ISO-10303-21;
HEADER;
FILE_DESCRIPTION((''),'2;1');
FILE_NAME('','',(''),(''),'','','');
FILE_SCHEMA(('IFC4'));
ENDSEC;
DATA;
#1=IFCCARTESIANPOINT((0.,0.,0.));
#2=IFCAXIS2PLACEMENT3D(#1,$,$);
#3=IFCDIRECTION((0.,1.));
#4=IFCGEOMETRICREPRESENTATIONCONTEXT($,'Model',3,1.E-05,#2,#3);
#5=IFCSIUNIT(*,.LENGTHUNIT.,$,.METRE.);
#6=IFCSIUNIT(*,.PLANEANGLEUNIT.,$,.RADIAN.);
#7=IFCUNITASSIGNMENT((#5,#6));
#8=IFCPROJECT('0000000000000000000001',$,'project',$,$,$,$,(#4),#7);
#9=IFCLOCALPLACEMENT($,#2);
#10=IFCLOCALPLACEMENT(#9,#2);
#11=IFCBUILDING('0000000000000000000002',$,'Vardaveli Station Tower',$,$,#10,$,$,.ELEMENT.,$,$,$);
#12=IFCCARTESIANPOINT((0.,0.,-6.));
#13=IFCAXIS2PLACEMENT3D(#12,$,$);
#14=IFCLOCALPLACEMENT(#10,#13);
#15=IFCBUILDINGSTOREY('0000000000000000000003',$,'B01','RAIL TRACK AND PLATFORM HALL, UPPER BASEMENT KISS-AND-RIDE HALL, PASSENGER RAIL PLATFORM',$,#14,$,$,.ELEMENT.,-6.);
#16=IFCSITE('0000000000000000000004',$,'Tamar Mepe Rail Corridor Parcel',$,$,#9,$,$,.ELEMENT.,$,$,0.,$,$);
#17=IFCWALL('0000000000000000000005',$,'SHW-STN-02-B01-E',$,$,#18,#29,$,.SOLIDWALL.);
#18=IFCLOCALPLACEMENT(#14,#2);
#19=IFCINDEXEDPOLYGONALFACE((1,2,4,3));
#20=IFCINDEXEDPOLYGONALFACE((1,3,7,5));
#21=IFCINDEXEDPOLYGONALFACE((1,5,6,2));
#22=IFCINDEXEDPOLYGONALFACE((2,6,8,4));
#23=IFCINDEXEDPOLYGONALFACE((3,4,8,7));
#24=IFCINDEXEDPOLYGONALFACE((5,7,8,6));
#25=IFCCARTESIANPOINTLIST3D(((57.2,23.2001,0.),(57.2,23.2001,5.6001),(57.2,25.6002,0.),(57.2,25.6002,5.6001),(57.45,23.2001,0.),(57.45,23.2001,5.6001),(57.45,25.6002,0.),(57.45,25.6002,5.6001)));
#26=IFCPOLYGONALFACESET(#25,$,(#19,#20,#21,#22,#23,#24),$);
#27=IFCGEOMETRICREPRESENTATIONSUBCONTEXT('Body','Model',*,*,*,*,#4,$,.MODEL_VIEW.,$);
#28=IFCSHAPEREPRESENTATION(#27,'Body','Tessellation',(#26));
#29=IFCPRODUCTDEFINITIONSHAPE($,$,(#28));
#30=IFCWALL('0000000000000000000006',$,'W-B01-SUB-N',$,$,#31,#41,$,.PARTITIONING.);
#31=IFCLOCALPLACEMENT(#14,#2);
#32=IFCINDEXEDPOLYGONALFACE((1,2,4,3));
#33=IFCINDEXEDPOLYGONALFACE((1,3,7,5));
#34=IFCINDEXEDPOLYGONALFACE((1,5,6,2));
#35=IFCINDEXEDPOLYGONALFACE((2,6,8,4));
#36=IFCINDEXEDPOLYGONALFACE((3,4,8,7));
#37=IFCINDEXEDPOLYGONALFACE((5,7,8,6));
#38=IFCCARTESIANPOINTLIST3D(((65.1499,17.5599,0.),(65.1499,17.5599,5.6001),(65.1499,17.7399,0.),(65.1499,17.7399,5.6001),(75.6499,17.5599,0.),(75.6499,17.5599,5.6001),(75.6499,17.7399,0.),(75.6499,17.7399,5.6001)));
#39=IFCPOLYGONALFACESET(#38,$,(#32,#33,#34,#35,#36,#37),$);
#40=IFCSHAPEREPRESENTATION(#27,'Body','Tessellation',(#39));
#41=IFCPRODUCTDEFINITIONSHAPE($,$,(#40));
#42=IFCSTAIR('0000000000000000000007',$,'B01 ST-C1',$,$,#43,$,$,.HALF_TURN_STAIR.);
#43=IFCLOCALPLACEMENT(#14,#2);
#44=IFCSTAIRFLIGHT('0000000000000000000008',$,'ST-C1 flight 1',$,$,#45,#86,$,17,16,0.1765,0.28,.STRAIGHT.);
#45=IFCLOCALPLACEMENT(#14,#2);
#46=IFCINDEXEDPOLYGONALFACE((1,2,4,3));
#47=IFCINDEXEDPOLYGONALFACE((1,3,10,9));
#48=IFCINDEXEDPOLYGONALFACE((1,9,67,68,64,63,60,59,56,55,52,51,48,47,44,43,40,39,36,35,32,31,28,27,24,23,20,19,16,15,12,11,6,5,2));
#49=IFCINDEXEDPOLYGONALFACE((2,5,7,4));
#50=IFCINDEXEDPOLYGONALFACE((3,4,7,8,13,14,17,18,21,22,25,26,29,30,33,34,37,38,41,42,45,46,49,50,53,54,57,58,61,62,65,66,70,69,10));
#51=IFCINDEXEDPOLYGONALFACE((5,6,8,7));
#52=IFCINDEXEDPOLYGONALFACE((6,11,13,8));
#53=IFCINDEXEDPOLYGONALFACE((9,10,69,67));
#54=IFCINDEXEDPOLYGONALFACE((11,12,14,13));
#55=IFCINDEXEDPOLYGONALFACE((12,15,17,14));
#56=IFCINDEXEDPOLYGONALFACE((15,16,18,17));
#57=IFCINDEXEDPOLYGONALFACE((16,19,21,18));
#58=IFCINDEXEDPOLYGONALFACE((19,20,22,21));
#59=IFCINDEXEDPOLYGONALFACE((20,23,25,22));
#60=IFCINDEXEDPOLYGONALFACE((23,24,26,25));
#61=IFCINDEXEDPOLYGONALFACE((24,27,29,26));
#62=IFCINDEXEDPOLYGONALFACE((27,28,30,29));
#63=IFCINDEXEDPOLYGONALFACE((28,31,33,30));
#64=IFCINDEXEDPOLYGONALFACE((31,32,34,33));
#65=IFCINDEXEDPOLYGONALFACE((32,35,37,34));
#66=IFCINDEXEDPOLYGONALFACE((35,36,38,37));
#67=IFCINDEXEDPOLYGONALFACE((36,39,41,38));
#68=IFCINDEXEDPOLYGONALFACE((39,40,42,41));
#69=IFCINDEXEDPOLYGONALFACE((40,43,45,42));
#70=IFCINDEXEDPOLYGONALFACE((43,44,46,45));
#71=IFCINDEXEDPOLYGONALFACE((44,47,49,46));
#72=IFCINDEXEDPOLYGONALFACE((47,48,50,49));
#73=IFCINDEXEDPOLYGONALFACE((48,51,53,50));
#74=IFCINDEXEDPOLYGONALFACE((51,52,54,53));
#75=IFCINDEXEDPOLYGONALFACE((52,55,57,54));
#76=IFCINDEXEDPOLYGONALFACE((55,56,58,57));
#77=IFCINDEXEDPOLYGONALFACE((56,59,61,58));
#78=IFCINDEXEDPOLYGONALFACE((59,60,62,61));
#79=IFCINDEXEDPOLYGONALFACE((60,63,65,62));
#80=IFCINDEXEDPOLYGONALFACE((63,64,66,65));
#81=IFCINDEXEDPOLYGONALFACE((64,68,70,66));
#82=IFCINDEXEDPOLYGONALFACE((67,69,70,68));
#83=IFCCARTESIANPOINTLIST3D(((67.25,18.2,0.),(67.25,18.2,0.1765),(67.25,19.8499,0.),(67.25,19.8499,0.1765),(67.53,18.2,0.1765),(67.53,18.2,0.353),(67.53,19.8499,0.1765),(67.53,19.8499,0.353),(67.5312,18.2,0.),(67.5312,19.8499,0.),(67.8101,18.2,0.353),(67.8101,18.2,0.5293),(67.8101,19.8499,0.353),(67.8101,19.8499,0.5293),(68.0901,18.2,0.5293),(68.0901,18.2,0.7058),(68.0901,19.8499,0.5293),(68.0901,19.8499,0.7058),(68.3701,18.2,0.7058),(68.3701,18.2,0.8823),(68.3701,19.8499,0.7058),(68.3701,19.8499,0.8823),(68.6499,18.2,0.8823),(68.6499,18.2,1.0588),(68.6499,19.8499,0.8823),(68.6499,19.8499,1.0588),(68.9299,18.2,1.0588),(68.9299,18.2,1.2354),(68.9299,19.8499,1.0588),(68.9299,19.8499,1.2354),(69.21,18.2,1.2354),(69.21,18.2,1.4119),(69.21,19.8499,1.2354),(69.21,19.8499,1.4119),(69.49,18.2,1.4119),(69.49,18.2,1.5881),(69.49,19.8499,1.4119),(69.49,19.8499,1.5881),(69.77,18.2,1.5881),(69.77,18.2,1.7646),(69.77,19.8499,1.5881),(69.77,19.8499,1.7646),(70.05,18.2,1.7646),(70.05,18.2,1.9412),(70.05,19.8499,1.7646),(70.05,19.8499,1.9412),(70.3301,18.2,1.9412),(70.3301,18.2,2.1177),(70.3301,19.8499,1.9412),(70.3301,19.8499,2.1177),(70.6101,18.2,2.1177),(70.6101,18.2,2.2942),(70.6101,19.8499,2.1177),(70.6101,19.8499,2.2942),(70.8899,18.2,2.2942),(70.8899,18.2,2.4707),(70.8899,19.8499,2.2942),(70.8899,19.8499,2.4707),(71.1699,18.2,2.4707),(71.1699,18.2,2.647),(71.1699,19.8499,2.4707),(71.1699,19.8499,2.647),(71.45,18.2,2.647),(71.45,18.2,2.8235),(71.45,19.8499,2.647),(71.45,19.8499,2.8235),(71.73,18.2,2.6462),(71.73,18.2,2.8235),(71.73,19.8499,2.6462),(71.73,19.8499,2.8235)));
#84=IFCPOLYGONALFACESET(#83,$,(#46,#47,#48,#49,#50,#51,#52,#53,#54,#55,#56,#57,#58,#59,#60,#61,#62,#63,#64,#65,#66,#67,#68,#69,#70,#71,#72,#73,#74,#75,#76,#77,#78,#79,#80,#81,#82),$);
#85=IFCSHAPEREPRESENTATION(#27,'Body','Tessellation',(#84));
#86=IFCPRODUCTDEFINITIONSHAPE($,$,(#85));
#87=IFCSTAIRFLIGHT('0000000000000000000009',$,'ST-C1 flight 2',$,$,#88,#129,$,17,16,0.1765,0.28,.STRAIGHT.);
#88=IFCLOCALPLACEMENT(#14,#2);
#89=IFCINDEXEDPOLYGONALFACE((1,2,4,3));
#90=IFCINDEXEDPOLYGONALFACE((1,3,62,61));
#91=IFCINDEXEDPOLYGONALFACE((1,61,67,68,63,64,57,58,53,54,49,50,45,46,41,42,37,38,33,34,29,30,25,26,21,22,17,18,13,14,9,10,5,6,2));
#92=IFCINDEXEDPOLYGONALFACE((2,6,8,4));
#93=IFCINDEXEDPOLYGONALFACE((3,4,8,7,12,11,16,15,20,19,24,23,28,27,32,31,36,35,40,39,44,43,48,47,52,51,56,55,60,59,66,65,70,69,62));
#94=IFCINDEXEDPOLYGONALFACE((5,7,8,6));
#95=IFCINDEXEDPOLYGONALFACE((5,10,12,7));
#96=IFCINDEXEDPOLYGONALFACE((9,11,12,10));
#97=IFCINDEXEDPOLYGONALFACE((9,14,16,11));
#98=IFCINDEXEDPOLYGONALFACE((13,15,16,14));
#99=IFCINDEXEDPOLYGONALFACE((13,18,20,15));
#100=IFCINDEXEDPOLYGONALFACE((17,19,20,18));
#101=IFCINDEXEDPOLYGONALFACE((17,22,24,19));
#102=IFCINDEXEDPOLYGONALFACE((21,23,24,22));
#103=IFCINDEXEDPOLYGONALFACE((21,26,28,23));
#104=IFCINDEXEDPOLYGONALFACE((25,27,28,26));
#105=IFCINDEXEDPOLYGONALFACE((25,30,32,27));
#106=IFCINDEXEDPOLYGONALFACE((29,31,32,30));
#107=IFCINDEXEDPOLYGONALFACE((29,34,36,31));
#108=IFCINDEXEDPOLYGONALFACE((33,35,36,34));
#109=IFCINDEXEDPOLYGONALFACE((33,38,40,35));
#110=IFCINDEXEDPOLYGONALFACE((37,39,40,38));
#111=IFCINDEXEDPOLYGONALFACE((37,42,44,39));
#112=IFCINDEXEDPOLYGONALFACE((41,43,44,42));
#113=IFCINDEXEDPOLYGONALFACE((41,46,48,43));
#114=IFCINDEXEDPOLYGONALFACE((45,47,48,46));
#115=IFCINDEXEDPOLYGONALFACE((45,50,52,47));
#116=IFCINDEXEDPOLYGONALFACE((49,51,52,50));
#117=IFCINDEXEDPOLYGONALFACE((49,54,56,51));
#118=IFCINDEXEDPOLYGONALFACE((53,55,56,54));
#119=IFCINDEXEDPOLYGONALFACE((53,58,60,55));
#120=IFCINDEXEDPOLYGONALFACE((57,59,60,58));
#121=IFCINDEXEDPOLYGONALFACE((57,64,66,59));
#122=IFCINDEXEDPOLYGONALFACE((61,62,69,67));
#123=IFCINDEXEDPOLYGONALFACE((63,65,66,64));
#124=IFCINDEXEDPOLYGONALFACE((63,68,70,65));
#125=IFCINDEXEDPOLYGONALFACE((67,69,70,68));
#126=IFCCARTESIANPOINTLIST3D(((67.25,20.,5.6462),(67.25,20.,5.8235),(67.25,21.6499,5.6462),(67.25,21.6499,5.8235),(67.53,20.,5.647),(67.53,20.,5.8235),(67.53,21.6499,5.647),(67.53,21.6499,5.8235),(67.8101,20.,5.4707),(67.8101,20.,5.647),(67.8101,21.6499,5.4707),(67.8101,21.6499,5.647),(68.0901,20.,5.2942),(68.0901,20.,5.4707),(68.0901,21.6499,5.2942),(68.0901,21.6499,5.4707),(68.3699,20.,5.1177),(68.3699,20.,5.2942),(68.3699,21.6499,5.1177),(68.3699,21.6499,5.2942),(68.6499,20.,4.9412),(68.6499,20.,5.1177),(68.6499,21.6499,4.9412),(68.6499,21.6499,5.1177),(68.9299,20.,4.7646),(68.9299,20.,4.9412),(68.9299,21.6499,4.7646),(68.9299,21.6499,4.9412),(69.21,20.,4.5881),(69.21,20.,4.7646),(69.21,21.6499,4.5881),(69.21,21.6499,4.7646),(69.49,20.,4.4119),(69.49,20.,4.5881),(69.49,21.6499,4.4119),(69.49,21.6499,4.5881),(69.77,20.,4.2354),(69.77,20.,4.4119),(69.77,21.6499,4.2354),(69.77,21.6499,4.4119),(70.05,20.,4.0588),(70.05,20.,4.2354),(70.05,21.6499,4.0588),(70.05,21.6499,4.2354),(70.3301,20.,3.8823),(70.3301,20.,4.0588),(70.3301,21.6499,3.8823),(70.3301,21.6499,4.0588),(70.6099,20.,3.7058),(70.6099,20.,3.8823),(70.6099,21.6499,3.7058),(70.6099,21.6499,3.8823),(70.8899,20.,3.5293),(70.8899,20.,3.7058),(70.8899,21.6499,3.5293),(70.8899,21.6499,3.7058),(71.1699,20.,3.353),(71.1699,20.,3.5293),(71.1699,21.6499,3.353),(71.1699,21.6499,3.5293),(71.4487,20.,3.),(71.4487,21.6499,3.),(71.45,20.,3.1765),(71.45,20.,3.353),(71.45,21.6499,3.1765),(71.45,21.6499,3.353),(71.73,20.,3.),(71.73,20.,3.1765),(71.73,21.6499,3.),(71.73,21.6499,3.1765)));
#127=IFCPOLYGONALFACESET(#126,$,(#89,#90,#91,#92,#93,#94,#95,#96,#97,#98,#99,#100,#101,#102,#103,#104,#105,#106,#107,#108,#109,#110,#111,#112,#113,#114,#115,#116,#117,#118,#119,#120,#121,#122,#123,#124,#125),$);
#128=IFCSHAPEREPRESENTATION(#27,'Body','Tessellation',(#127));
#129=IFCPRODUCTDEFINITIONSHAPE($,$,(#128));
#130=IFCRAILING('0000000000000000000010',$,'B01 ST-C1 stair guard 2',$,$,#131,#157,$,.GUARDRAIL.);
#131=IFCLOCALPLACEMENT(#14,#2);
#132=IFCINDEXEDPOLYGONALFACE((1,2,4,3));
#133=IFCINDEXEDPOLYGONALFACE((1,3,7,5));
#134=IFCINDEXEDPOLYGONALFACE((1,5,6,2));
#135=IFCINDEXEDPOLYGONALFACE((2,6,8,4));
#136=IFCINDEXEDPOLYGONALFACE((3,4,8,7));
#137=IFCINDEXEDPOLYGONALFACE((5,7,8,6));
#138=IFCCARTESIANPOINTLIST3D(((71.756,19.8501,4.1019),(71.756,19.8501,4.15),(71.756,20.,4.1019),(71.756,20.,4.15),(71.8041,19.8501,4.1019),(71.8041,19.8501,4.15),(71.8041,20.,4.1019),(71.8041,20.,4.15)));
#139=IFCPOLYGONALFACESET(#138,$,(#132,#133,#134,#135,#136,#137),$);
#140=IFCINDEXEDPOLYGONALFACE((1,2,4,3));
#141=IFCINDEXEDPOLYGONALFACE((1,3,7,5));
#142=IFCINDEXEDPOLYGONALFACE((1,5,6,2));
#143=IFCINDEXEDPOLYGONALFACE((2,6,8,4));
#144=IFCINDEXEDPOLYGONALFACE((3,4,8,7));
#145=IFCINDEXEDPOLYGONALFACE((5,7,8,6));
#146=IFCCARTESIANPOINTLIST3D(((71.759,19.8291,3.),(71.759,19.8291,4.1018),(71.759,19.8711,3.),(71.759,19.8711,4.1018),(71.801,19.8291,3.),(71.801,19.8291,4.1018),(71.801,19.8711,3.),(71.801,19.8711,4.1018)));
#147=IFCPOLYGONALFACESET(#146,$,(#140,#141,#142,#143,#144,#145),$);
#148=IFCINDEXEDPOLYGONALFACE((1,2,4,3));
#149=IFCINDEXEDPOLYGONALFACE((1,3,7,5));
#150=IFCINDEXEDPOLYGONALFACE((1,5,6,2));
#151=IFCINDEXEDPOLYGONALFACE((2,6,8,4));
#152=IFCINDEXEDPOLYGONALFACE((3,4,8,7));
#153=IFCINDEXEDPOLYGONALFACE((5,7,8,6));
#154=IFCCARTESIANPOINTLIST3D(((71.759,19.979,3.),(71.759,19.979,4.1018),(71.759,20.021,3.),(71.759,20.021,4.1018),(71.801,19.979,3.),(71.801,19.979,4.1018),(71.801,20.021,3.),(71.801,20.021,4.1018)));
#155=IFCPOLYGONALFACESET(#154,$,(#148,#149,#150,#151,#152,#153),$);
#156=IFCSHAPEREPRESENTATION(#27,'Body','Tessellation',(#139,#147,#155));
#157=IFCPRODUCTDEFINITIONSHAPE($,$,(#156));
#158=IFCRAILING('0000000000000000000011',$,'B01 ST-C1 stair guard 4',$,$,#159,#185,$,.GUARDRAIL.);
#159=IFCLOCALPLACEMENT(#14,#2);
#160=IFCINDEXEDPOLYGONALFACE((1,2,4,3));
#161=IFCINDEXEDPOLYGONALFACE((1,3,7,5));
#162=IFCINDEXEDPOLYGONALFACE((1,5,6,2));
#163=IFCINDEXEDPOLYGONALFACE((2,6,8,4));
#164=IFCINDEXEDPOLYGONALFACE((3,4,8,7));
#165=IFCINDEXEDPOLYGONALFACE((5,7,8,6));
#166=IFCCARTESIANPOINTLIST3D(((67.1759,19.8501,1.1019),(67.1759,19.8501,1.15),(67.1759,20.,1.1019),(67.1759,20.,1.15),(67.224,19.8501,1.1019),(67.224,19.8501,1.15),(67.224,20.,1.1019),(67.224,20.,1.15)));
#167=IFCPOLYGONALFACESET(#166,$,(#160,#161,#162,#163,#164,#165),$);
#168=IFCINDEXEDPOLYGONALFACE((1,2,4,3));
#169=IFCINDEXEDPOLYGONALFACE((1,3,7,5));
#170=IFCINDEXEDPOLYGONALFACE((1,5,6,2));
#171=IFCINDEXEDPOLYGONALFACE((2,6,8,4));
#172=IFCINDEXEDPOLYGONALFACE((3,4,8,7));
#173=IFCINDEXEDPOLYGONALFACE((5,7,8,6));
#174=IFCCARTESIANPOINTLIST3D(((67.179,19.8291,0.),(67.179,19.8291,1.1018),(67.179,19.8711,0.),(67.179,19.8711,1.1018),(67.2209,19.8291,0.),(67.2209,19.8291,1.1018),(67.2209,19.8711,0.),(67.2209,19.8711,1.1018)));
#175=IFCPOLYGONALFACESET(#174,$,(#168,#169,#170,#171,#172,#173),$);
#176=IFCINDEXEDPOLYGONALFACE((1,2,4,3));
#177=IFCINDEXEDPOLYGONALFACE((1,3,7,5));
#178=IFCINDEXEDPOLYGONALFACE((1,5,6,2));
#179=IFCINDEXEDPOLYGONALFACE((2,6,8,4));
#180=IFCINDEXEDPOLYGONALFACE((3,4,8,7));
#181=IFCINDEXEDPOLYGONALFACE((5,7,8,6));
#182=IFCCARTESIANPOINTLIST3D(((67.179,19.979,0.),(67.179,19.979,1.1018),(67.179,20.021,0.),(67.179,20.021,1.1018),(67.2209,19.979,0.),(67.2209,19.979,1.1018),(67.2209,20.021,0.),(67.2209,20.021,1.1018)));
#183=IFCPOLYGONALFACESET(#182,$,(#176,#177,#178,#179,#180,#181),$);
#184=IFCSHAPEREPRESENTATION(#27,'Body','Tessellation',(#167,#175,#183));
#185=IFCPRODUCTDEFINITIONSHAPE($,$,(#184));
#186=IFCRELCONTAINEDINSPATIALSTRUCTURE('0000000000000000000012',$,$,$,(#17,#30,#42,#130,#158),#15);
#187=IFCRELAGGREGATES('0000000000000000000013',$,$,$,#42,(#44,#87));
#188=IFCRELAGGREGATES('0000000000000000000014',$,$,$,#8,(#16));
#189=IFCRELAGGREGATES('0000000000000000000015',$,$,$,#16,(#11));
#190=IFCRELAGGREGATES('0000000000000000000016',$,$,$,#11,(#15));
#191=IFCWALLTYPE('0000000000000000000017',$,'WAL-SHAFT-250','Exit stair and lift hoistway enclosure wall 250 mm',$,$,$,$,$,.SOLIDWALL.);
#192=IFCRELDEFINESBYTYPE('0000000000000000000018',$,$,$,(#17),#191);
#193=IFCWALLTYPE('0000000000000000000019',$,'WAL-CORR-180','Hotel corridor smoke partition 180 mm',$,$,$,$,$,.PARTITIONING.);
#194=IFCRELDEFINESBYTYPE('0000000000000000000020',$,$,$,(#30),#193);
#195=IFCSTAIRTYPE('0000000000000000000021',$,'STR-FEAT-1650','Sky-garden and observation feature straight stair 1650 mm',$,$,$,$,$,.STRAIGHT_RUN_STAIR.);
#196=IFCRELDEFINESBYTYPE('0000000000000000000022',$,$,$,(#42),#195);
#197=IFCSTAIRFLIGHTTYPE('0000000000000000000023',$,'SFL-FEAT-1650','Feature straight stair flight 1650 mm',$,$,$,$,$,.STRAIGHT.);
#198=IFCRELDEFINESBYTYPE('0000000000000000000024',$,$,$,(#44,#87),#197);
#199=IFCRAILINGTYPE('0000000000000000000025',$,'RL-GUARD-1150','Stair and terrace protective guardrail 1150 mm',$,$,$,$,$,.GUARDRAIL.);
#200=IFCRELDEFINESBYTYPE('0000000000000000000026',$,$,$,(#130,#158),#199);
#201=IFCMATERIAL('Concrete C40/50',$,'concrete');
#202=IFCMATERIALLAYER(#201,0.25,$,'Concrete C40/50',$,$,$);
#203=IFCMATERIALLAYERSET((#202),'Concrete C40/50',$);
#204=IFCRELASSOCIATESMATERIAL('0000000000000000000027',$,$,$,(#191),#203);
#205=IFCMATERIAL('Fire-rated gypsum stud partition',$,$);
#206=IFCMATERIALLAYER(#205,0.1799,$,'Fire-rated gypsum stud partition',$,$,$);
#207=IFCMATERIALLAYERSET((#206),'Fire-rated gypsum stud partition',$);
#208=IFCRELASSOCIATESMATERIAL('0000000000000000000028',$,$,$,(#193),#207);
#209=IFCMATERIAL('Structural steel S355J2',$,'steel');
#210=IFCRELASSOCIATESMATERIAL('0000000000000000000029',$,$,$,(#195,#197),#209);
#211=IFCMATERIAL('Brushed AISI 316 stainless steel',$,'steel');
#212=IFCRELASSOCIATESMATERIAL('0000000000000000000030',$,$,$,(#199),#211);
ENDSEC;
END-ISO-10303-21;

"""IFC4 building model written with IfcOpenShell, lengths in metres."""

from ifc_helpers import new_model, si_unit, direction, frame, frame_2d, origin, origin_2d, place, context, subcontext, project, spatial, polyline, rectangle, outline, extrude, source, transform, mapped, material, layer, layer_set, type_object, element, aggregate, save


model = new_model("IFC4")

# Units and contexts
model_context = context("Model", 3, precision=1e-05, world=origin(), true_north=direction((0.0, 1.0)))
body_context = subcontext(model_context, "Body", "Model", "MODEL_VIEW")
ifc_project = project(units=[si_unit("LENGTHUNIT", "METRE"), si_unit("PLANEANGLEUNIT", "RADIAN")], contexts=[model_context])

# Site, building, storey
site_placement = place(None, origin())
site = spatial("IfcSite", under=ifc_project, at=site_placement, Name="Tamar Mepe Rail Corridor Parcel", CompositionType="ELEMENT", RefElevation=0.0)
building_placement = place(site_placement, origin())
building = spatial("IfcBuilding", under=site, at=building_placement, Name="Vardaveli Station Tower", CompositionType="ELEMENT")
storey_placement = place(building_placement, frame((0.0, 0.0, -6.0)))
storey = spatial("IfcBuildingStorey", under=building, at=storey_placement, Name="B01", Description="RAIL TRACK AND PLATFORM HALL, UPPER BASEMENT KISS-AND-RIDE HALL, PASSENGER RAIL PLATFORM", CompositionType="ELEMENT", Elevation=-6.0)

# Shared definitions
ifc_material_1 = material(Name="Structural steel S355J2", Category="steel")

# Shared definitions
ifc_material_2 = material(Name="Concrete C40/50", Category="concrete")
ifc_layer_1 = layer(ifc_material_2, 0.25, Name="Concrete C40/50")
ifc_layer_set_1 = layer_set([ifc_layer_1], Name="Concrete C40/50")
wall_type_1 = type_object("IfcWallType", Name="WAL-SHAFT-250", Description="Exit stair and lift hoistway enclosure wall 250 mm", PredefinedType="SOLIDWALL", material=ifc_layer_set_1)

# Walls
shared_shape_1 = source(origin(), body_context, "Body", "SweptSolid", [
    extrude(rectangle(XDim=2.4001, YDim=0.25, at=frame_2d((1.2002, 0.0))), origin(), (0.0, 0.0, 1.0), 5.6001),
])
wall_1_placement = place(storey_placement, frame((57.325, 23.2, 0.0), z_axis=(0.0, 0.0, 1.0), x_axis=(0.0, 1.0, 0.0)))
element("IfcWall", 1, at=wall_1_placement, inside=storey, type_object=wall_type_1, Name="SHW-STN-02-B01-E", PredefinedType="SOLIDWALL", context=body_context, shape_type="MappedRepresentation", body=[
    mapped(shared_shape_1, transform((0.0, 0.0, 0.0), scale=1.0)),
])
ifc_material_3 = material(Name="Fire-rated gypsum stud partition")
ifc_layer_2 = layer(ifc_material_3, 0.1799, Name="Fire-rated gypsum stud partition")
ifc_layer_set_2 = layer_set([ifc_layer_2], Name="Fire-rated gypsum stud partition")
wall_type_2 = type_object("IfcWallType", Name="WAL-CORR-180", Description="Hotel corridor smoke partition 180 mm", PredefinedType="PARTITIONING", material=ifc_layer_set_2)
shared_shape_2 = source(origin(), body_context, "Body", "SweptSolid", [
    extrude(rectangle(XDim=10.5, YDim=0.1799, at=frame_2d((5.25, 0.0))), origin(), (0.0, 0.0, 1.0), 5.6001),
])
wall_2_placement = place(storey_placement, frame((65.1499, 17.6499, 0.0), z_axis=(0.0, 0.0, 1.0), x_axis=(1.0, 0.0, 0.0)))
element("IfcWall", 2, at=wall_2_placement, inside=storey, type_object=wall_type_2, Name="W-B01-SUB-N", PredefinedType="PARTITIONING", context=body_context, shape_type="MappedRepresentation", body=[
    mapped(shared_shape_2, transform((0.0, 0.0, 0.0), scale=1.0)),
])

# Stair, stair flights
stair_type = type_object("IfcStairType", Name="STR-FEAT-1650", Description="Sky-garden and observation feature straight stair 1650 mm", PredefinedType="STRAIGHT_RUN_STAIR", material=ifc_material_1)
stair_placement = place(storey_placement, origin())
stair = element("IfcStair", 3, at=stair_placement, inside=storey, type_object=stair_type, Name="B01 ST-C1", PredefinedType="HALF_TURN_STAIR")
stair_flight_type = type_object("IfcStairFlightType", Name="SFL-FEAT-1650", Description="Feature straight stair flight 1650 mm", PredefinedType="STRAIGHT", material=ifc_material_1)
shared_shape_3 = source(origin(), body_context, "Body", "SweptSolid", [
    extrude(outline(polyline([(0.0, 0.0), (0.0, 0.1765), (0.28, 0.1765), (0.28, 0.353), (0.5601, 0.353), (0.5601, 0.5293), (0.8401, 0.5293), (0.8401, 0.7058), (1.1201, 0.7058), (1.1201, 0.8823), (1.3999, 0.8823), (1.3999, 1.0588), (1.6799, 1.0588), (1.6799, 1.2354), (1.96, 1.2354), (1.96, 1.4119), (2.24, 1.4119), (2.24, 1.5881), (2.52, 1.5881), (2.52, 1.7646), (2.8, 1.7646), (2.8, 1.9412), (3.0801, 1.9412), (3.0801, 2.1177), (3.3601, 2.1177), (3.3601, 2.2942), (3.6399, 2.2942), (3.6399, 2.4707), (3.9199, 2.4707), (3.9199, 2.647), (4.2, 2.647), (4.2, 2.8235), (4.48, 2.8235), (4.48, 3.0), (4.48, 2.6462), (0.2812, 0.0), (0.0, 0.0)])), frame((0.0, 0.825, 0.0), z_axis=(0.0, -1.0, 0.0), x_axis=(1.0, 0.0, 0.0)), (0.0, 0.0, 1.0), 1.6499),
])
stair_flight_1_placement = place(storey_placement, frame((67.25, 19.0249, 0.0), z_axis=(0.0, 0.0, 1.0), x_axis=(1.0, 0.0, 0.0)))
stair_flight_1 = element("IfcStairFlight", 4, at=stair_flight_1_placement, type_object=stair_flight_type, Name="ST-C1 flight 1", NumberOfRisers=17, NumberOfTreads=16, PredefinedType="STRAIGHT", RiserHeight=0.1765, TreadLength=0.28, context=body_context, shape_type="MappedRepresentation", body=[
    mapped(shared_shape_3, transform((0.0, 0.0, 0.0), scale=1.0)),
])
stair_flight_2_placement = place(storey_placement, frame((71.73, 20.825, 3.0), z_axis=(0.0, 0.0, 1.0), x_axis=(-1.0, 0.0, 0.0)))
stair_flight_2 = element("IfcStairFlight", 5, at=stair_flight_2_placement, type_object=stair_flight_type, Name="ST-C1 flight 2", NumberOfRisers=17, NumberOfTreads=16, PredefinedType="STRAIGHT", RiserHeight=0.1765, TreadLength=0.28, context=body_context, shape_type="MappedRepresentation", body=[
    mapped(shared_shape_3, transform((0.0, 0.0, 0.0), scale=1.0)),
])
aggregate(stair, [stair_flight_1, stair_flight_2])

# Railings
ifc_material_4 = material(Name="Brushed AISI 316 stainless steel", Category="steel")
railing_type_1 = type_object("IfcRailingType", Name="RL-GUARD-1150", Description="Stair and terrace protective guardrail 1150 mm", PredefinedType="GUARDRAIL", material=ifc_material_4)
shared_shape_4 = source(origin(), body_context, "Body", "SweptSolid", [
    extrude(rectangle(XDim=0.0481, YDim=0.0481, at=origin_2d()), frame((0.0, 0.0, 1.126), z_axis=(0.0, 1.0, 0.0), x_axis=(-1.0, 0.0, 0.0)), (0.0, 0.0, 1.0), 0.1499),
    extrude(rectangle(XDim=0.042, YDim=0.042, at=origin_2d()), origin(), (0.0, 0.0, 1.0), 1.1018),
    extrude(rectangle(XDim=0.042, YDim=0.042, at=origin_2d()), frame((0.0, 0.1499, 0.0)), (0.0, 0.0, 1.0), 1.1018),
])
for number, where, name in (
    (6, (71.78, 19.8501, 3.0), "B01 ST-C1 stair guard 2"),
    (7, (67.2, 19.8501, 0.0), "B01 ST-C1 stair guard 4"),
):
    element("IfcRailing", number, at=place(storey_placement, frame(where)), inside=storey, type_object=railing_type_1, Name=name, PredefinedType="GUARDRAIL", context=body_context, shape_type="MappedRepresentation", body=[
        mapped(shared_shape_4, transform((0.0, 0.0, 0.0), scale=1.0)),
    ])

save(model, "model.ifc")
